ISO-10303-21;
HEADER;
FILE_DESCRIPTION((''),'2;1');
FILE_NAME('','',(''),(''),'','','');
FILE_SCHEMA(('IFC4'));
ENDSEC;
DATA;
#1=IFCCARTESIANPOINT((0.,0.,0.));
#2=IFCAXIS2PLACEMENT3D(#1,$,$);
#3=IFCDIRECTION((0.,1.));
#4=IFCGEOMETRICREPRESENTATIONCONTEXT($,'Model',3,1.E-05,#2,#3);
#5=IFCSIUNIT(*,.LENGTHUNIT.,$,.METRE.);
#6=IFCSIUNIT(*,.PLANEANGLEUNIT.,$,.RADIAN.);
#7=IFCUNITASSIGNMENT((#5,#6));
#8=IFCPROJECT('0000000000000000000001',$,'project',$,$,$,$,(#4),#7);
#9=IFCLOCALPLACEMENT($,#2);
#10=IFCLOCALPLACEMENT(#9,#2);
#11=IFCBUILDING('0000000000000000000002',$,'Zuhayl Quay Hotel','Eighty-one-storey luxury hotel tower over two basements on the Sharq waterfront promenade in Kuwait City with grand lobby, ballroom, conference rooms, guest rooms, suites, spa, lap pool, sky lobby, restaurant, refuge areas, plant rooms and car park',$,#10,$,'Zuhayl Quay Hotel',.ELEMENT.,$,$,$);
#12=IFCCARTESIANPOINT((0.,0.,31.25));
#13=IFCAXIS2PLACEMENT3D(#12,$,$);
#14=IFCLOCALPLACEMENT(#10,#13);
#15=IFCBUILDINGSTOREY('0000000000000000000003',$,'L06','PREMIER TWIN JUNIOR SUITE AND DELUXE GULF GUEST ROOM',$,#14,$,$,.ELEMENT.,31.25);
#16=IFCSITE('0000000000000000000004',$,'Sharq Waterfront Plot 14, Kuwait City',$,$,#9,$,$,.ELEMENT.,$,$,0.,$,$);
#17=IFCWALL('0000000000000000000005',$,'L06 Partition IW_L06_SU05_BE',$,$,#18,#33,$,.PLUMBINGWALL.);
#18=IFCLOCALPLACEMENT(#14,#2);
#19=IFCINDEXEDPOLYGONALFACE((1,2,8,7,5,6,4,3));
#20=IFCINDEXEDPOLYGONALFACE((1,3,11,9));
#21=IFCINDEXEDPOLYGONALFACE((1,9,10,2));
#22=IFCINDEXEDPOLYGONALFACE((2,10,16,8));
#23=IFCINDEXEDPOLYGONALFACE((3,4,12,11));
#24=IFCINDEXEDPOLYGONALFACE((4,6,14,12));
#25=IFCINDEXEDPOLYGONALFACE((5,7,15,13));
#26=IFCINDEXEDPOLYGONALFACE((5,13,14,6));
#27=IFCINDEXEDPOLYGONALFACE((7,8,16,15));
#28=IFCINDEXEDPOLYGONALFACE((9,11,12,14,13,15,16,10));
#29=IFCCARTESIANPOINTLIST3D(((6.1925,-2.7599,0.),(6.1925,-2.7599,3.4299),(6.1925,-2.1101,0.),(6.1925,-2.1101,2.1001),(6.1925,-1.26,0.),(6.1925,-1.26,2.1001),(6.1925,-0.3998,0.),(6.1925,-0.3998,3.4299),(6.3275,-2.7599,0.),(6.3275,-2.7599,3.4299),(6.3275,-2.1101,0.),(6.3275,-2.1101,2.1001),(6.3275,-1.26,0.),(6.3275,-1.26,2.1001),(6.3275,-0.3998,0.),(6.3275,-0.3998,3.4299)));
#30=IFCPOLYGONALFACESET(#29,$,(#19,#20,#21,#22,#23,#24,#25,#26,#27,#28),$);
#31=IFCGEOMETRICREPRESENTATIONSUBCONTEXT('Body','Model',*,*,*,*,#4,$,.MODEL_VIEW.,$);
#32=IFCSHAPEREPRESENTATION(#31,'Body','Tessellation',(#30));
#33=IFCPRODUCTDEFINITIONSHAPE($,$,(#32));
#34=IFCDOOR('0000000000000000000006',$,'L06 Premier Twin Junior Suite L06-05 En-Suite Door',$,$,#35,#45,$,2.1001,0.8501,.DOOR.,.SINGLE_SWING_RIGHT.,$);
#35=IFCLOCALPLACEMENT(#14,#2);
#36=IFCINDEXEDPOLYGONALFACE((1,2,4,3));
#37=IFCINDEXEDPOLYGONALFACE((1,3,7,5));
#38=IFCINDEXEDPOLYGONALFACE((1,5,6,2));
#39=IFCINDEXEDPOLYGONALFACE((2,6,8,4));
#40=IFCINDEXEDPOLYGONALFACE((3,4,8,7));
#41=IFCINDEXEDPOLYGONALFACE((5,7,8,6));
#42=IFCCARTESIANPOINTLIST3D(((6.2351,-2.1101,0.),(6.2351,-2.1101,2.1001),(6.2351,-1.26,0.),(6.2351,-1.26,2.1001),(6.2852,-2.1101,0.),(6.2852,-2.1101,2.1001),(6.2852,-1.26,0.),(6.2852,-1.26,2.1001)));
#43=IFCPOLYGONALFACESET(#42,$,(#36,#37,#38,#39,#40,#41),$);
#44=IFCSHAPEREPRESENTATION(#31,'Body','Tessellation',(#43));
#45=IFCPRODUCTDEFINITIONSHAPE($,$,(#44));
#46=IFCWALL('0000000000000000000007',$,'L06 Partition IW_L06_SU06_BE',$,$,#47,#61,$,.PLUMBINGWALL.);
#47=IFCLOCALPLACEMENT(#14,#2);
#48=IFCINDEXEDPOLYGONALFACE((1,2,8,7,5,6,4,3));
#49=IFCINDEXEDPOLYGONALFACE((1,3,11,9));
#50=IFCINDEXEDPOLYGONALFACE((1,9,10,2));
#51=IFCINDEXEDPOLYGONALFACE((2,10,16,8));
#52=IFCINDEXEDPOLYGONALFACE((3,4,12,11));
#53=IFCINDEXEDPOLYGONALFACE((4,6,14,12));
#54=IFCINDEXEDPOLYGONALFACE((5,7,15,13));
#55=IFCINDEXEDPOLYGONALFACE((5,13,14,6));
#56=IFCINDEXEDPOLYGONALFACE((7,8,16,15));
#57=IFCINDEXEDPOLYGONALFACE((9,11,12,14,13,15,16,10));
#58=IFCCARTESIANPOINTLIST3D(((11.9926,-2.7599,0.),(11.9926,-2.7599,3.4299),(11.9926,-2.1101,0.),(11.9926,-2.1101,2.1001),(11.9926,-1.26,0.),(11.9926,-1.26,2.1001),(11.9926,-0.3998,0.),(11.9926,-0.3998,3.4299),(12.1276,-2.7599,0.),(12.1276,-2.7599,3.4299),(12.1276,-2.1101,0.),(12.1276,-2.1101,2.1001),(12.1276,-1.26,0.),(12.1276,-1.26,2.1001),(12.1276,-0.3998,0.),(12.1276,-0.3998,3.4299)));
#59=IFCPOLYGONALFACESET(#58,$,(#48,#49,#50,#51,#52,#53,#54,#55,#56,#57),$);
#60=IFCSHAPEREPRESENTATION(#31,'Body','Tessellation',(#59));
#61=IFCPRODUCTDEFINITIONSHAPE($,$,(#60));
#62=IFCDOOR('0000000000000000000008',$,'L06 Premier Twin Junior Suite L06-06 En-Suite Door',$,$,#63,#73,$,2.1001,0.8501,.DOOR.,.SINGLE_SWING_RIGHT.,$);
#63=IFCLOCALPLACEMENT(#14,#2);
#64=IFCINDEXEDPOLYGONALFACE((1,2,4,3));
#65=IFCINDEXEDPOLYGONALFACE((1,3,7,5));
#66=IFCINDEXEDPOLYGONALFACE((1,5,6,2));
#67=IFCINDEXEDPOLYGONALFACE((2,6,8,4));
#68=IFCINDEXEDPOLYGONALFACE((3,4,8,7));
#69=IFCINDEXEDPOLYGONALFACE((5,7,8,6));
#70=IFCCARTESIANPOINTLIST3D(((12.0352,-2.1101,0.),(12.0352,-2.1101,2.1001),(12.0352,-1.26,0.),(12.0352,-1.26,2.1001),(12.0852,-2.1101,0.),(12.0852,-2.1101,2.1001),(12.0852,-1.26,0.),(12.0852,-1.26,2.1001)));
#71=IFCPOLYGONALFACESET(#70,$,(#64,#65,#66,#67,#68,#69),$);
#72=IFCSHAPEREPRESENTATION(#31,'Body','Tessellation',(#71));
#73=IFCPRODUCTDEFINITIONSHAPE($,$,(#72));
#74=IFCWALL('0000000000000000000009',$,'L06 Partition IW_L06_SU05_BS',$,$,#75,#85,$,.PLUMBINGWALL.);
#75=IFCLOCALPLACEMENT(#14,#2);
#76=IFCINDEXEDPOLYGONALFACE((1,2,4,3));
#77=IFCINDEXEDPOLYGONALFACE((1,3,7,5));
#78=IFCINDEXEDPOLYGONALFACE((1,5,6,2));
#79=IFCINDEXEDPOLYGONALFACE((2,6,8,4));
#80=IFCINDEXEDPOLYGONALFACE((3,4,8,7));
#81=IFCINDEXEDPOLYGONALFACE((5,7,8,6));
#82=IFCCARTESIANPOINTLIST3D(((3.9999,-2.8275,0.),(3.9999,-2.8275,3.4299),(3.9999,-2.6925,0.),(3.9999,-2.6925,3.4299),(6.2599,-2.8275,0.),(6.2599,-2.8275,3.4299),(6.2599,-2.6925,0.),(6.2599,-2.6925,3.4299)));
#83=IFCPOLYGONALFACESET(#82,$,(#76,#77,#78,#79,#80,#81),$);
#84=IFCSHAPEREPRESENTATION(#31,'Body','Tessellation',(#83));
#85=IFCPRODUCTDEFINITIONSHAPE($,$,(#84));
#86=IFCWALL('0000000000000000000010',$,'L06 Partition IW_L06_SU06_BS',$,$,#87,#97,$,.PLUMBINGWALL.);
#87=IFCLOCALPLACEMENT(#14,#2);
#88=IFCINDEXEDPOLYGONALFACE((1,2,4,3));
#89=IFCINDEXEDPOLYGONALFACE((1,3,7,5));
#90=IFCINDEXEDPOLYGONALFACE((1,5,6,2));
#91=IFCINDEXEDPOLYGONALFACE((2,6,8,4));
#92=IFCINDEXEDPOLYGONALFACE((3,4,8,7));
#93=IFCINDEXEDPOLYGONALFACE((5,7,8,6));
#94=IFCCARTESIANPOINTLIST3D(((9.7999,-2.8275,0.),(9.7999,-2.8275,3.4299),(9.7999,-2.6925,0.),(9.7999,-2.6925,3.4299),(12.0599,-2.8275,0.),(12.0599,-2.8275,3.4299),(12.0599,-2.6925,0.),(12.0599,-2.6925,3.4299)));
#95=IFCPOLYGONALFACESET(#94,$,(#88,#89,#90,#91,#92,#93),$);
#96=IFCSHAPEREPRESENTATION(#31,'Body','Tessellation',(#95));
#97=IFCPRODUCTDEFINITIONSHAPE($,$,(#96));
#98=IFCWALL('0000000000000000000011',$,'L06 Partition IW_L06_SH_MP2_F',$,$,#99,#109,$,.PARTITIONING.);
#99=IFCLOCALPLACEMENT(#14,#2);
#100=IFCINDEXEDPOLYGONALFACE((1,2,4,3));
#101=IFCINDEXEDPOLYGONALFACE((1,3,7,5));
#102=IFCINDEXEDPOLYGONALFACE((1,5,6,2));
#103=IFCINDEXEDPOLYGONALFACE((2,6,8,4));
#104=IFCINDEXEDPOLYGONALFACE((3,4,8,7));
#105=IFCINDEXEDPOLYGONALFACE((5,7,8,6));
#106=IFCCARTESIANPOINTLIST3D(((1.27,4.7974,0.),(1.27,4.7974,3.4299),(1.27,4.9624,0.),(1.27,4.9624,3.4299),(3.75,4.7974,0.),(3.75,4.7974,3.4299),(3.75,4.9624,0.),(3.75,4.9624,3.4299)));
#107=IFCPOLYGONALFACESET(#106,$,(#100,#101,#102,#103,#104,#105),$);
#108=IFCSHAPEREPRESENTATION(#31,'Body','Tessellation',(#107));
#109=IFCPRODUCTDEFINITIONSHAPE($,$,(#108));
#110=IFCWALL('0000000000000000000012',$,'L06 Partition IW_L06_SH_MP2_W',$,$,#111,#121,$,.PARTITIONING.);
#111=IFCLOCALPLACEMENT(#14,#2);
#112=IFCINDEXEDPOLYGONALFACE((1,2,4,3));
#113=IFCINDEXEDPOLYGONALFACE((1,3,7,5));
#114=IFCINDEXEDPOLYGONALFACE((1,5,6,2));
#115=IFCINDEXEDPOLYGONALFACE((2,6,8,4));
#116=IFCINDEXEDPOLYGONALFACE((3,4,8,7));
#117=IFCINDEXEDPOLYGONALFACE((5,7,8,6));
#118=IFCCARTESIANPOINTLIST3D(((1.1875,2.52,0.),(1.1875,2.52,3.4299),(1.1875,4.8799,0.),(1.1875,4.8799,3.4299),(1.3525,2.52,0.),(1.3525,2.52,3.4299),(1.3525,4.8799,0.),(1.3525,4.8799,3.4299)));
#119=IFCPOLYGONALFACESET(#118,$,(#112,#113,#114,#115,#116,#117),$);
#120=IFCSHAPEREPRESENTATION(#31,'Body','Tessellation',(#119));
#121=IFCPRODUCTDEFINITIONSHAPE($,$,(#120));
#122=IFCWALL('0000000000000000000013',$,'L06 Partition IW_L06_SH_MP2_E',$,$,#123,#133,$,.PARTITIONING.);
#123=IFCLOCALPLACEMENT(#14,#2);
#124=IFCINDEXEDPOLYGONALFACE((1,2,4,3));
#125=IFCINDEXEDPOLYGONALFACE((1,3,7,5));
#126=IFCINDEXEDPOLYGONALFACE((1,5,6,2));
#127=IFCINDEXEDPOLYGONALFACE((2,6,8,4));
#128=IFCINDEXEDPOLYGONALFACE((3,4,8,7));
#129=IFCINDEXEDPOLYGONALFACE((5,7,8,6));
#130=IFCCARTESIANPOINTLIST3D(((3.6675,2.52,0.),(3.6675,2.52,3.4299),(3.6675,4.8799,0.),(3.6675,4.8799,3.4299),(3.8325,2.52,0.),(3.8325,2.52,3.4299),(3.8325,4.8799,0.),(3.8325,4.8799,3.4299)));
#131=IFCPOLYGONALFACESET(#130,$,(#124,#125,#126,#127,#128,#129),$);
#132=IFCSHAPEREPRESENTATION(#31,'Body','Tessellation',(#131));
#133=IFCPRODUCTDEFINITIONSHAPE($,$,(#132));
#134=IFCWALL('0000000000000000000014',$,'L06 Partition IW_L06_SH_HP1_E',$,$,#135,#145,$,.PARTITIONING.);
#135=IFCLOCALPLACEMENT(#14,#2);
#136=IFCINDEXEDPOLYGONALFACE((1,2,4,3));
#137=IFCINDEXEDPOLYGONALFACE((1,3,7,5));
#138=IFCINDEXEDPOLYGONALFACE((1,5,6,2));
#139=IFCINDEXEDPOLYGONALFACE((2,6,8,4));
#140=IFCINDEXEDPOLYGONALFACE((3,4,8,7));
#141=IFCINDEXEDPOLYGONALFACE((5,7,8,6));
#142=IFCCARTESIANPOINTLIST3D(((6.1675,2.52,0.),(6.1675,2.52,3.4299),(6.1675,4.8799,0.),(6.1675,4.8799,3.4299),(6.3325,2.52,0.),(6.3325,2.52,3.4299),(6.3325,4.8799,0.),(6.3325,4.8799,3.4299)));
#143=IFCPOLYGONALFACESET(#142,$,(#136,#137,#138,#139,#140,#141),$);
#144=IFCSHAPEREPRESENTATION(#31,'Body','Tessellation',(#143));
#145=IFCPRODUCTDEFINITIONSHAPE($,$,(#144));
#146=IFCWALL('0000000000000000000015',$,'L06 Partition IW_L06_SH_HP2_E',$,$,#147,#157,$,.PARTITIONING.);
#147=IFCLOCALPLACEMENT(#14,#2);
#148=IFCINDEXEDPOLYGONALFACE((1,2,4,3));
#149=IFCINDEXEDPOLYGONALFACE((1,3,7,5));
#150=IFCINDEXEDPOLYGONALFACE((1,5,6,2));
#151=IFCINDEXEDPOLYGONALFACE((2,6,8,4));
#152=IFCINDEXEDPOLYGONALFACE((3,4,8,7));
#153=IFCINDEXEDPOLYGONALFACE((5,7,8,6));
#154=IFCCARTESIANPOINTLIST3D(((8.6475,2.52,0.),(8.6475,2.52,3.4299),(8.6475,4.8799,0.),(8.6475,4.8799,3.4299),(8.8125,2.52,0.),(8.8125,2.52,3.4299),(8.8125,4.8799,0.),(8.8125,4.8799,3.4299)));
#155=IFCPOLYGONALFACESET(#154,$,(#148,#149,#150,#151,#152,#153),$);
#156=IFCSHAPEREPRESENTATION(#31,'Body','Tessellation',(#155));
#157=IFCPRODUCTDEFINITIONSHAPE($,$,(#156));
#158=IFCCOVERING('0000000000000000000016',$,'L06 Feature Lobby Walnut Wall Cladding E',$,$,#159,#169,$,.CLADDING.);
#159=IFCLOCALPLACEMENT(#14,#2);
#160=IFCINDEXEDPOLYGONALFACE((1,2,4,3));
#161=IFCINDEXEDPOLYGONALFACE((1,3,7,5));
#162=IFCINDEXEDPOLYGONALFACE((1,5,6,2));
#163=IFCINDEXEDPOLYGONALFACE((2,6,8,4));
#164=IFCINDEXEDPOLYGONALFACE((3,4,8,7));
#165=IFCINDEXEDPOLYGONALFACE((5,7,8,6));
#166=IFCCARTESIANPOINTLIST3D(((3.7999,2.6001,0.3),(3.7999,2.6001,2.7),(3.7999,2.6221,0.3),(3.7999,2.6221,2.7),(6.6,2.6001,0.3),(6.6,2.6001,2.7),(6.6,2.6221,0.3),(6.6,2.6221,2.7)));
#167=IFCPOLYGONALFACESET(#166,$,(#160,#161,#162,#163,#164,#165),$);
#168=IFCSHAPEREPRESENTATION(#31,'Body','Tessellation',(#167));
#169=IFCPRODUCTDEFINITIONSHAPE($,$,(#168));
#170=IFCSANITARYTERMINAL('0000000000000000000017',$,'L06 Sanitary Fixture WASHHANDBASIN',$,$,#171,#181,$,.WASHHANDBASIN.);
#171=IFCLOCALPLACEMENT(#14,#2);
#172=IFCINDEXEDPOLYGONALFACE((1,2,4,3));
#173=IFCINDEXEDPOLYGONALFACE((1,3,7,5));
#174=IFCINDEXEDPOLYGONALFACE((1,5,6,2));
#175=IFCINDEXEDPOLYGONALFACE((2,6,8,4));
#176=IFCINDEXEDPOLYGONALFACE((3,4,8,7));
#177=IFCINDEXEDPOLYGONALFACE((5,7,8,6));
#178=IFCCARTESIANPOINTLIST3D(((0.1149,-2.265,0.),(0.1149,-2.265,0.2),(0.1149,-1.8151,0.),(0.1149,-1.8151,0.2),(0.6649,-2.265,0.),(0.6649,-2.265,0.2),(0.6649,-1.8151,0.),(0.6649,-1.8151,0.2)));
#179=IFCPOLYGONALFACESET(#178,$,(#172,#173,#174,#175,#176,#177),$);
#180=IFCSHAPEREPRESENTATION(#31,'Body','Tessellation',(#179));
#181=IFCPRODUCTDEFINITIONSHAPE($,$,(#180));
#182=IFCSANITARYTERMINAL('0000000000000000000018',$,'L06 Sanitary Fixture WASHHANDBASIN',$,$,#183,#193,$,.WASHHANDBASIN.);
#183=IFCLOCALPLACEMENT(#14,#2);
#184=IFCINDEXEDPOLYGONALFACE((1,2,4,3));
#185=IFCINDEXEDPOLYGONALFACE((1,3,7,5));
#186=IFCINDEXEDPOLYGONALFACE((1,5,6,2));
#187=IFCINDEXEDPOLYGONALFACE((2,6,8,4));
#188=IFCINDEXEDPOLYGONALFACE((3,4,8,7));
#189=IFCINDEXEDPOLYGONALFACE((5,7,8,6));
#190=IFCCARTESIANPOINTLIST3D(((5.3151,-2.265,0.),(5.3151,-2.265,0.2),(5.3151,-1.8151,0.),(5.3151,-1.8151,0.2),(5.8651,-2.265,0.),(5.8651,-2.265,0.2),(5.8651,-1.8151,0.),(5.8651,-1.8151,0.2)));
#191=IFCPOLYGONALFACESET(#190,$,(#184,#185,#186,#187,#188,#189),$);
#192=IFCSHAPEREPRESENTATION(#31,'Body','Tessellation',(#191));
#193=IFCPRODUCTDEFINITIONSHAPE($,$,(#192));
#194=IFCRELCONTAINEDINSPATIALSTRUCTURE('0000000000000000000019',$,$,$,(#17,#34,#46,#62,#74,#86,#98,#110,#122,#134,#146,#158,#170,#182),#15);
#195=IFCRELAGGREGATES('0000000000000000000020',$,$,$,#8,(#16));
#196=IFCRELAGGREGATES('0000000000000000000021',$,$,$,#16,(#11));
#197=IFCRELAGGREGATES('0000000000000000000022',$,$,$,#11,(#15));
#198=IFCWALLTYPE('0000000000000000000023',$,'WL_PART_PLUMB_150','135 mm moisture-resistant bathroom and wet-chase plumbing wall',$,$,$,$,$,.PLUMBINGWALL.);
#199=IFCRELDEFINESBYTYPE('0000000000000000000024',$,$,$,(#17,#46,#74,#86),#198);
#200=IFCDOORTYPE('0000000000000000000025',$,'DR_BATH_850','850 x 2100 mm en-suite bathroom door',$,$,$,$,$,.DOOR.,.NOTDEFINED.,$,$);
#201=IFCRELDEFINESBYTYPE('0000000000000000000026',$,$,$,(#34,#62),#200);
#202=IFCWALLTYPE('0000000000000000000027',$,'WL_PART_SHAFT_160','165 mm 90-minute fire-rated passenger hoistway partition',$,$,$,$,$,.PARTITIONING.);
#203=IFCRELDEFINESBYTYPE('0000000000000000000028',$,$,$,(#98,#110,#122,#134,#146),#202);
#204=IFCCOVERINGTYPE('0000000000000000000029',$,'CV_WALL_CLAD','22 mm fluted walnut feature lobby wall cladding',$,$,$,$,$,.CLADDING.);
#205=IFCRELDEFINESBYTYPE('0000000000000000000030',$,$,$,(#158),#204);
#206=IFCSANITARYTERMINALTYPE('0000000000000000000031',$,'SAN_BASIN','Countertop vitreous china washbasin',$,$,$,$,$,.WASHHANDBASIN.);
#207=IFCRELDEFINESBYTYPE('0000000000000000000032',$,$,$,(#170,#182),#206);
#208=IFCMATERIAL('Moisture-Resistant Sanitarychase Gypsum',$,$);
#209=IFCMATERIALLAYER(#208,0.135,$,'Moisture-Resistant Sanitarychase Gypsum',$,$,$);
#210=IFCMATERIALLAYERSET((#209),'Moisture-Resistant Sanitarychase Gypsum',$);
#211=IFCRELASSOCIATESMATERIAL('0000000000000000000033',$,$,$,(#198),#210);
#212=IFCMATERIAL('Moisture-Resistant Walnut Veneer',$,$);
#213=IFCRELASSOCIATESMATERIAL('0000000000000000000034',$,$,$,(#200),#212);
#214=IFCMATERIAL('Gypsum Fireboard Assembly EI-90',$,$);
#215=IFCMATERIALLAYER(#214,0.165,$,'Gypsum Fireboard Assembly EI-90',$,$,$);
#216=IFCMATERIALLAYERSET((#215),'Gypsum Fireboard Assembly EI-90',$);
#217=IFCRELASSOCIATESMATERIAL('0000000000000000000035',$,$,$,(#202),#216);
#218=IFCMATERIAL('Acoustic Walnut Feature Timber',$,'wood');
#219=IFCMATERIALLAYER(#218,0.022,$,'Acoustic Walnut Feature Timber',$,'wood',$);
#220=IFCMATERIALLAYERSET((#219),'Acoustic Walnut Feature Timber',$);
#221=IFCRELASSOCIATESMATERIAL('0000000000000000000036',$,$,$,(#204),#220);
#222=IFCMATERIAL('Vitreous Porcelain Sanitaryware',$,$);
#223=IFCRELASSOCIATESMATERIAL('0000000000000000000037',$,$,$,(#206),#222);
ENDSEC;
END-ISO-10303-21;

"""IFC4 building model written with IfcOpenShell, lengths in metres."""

from ifc_helpers import new_model, si_unit, direction, frame, frame_2d, origin, origin_2d, place, context, subcontext, project, spatial, rectangle, extrude, material, layer, layer_set, type_object, element, fill, save


model = new_model("IFC4")

# Units and contexts
model_context = context("Model", 3, precision=1e-05, world=origin(), true_north=direction((0.0, 1.0)))
body_context = subcontext(model_context, "Body", "Model", "MODEL_VIEW")
ifc_project = project(units=[si_unit("LENGTHUNIT", "METRE"), si_unit("PLANEANGLEUNIT", "RADIAN")], contexts=[model_context])

# Site, building, storey
site_placement = place(None, origin())
site = spatial("IfcSite", under=ifc_project, at=site_placement, Name="Sharq Waterfront Plot 14, Kuwait City", CompositionType="ELEMENT", RefElevation=0.0)
building_placement = place(site_placement, origin())
building = spatial("IfcBuilding", under=site, at=building_placement, Name="Zuhayl Quay Hotel", Description="Eighty-one-storey luxury hotel tower over two basements on the Sharq waterfront promenade in Kuwait City with grand lobby, ballroom, conference rooms, guest rooms, suites, spa, lap pool, sky lobby, restaurant, refuge areas, plant rooms and car park", LongName="Zuhayl Quay Hotel", CompositionType="ELEMENT")
storey_placement = place(building_placement, frame((0.0, 0.0, 31.25)))
storey = spatial("IfcBuildingStorey", under=building, at=storey_placement, Name="L06", Description="PREMIER TWIN JUNIOR SUITE AND DELUXE GULF GUEST ROOM", CompositionType="ELEMENT", Elevation=31.25)

# Walls, openings, doors
ifc_material_1 = material(Name="Moisture-Resistant Sanitarychase Gypsum")
ifc_layer_1 = layer(ifc_material_1, 0.135, Name="Moisture-Resistant Sanitarychase Gypsum")
ifc_layer_set_1 = layer_set([ifc_layer_1], Name="Moisture-Resistant Sanitarychase Gypsum")
wall_type_1 = type_object("IfcWallType", Name="WL_PART_PLUMB_150", Description="135 mm moisture-resistant bathroom and wet-chase plumbing wall", PredefinedType="PLUMBINGWALL", material=ifc_layer_set_1)
ifc_material_2 = material(Name="Moisture-Resistant Walnut Veneer")
door_type_1 = type_object("IfcDoorType", Name="DR_BATH_850", Description="850 x 2100 mm en-suite bathroom door", OperationType="NOTDEFINED", PredefinedType="DOOR", material=ifc_material_2)
wall_1_placement = place(storey_placement, frame((6.26, -2.76, 0.0), z_axis=(0.0, 0.0, 1.0), x_axis=(0.0, 1.0, 0.0)))
wall_1 = element("IfcWall", 1, at=wall_1_placement, inside=storey, type_object=wall_type_1, Name="L06 Partition IW_L06_SU05_BE", PredefinedType="PLUMBINGWALL", context=body_context, shape_type="SweptSolid", body=[
    extrude(rectangle(XDim=2.3601, YDim=0.135, at=frame_2d((1.1802, 0.0))), origin(), (0.0, 0.0, 1.0), 3.4299),
])
opening_1_placement = place(wall_1_placement, frame((0.6499, 0.0, 0.0)))
opening_1 = element("IfcOpeningElement", 2, at=opening_1_placement, cuts=wall_1, PredefinedType="OPENING", context=body_context, shape_type="SweptSolid", body=[
    extrude(rectangle(XDim=0.8501, YDim=2.1001, at=frame_2d((0.425, 1.05))), frame((0.0, 0.0774, 0.0), z_axis=(0.0, -1.0, 0.0), x_axis=(1.0, 0.0, 0.0)), (0.0, 0.0, 1.0), 0.155),
])
door_1_placement = place(opening_1_placement, origin())
door_1 = element("IfcDoor", 3, at=door_1_placement, inside=storey, type_object=door_type_1, Name="L06 Premier Twin Junior Suite L06-05 En-Suite Door", OperationType="SINGLE_SWING_RIGHT", OverallHeight=2.1001, OverallWidth=0.8501, PredefinedType="DOOR", context=body_context, shape_type="SweptSolid", body=[
    extrude(rectangle(XDim=0.8501, YDim=2.1001, at=frame_2d((0.425, 1.05))), frame((0.0, 0.0249, 0.0), z_axis=(0.0, -1.0, 0.0), x_axis=(1.0, 0.0, 0.0)), (0.0, 0.0, 1.0), 0.05),
])
fill(opening_1, door_1)
wall_2_placement = place(storey_placement, frame((12.0601, -2.76, 0.0), z_axis=(0.0, 0.0, 1.0), x_axis=(0.0, 1.0, 0.0)))
wall_2 = element("IfcWall", 4, at=wall_2_placement, inside=storey, type_object=wall_type_1, Name="L06 Partition IW_L06_SU06_BE", PredefinedType="PLUMBINGWALL", context=body_context, shape_type="SweptSolid", body=[
    extrude(rectangle(XDim=2.3601, YDim=0.135, at=frame_2d((1.1802, 0.0))), origin(), (0.0, 0.0, 1.0), 3.4299),
])
opening_2_placement = place(wall_2_placement, frame((0.6499, 0.0, 0.0)))
opening_2 = element("IfcOpeningElement", 5, at=opening_2_placement, cuts=wall_2, PredefinedType="OPENING", context=body_context, shape_type="SweptSolid", body=[
    extrude(rectangle(XDim=0.8501, YDim=2.1001, at=frame_2d((0.425, 1.05))), frame((0.0, 0.0774, 0.0), z_axis=(0.0, -1.0, 0.0), x_axis=(1.0, 0.0, 0.0)), (0.0, 0.0, 1.0), 0.155),
])
door_2_placement = place(opening_2_placement, origin())
door_2 = element("IfcDoor", 6, at=door_2_placement, inside=storey, type_object=door_type_1, Name="L06 Premier Twin Junior Suite L06-06 En-Suite Door", OperationType="SINGLE_SWING_RIGHT", OverallHeight=2.1001, OverallWidth=0.8501, PredefinedType="DOOR", context=body_context, shape_type="SweptSolid", body=[
    extrude(rectangle(XDim=0.8501, YDim=2.1001, at=frame_2d((0.425, 1.05))), frame((0.0, 0.0249, 0.0), z_axis=(0.0, -1.0, 0.0), x_axis=(1.0, 0.0, 0.0)), (0.0, 0.0, 1.0), 0.05),
])
fill(opening_2, door_2)

# Walls
for number, where, z_axis, x_axis, name in (
    (7, (4.0, -2.76, 0.0), (0.0, 0.0, 1.0), (1.0, 0.0, 0.0), "L06 Partition IW_L06_SU05_BS"),
    (8, (9.8, -2.76, 0.0), (0.0, 0.0, 1.0), (1.0, 0.0, 0.0), "L06 Partition IW_L06_SU06_BS"),
):
    element("IfcWall", number, at=place(storey_placement, frame(where, z_axis=z_axis, x_axis=x_axis)), inside=storey, type_object=wall_type_1, Name=name, PredefinedType="PLUMBINGWALL", context=body_context, shape_type="SweptSolid", body=[
        extrude(rectangle(XDim=2.26, YDim=0.135, at=frame_2d((1.1299, 0.0))), origin(), (0.0, 0.0, 1.0), 3.4299),
    ])
ifc_material_3 = material(Name="Gypsum Fireboard Assembly EI-90")
ifc_layer_2 = layer(ifc_material_3, 0.165, Name="Gypsum Fireboard Assembly EI-90")
ifc_layer_set_2 = layer_set([ifc_layer_2], Name="Gypsum Fireboard Assembly EI-90")
wall_type_2 = type_object("IfcWallType", Name="WL_PART_SHAFT_160", Description="165 mm 90-minute fire-rated passenger hoistway partition", PredefinedType="PARTITIONING", material=ifc_layer_set_2)
wall_3_placement = place(storey_placement, frame((1.27, 4.8799, 0.0), z_axis=(0.0, 0.0, 1.0), x_axis=(1.0, 0.0, 0.0)))
element("IfcWall", 9, at=wall_3_placement, inside=storey, type_object=wall_type_2, Name="L06 Partition IW_L06_SH_MP2_F", PredefinedType="PARTITIONING", context=body_context, shape_type="SweptSolid", body=[
    extrude(rectangle(XDim=2.48, YDim=0.165, at=frame_2d((1.24, 0.0))), origin(), (0.0, 0.0, 1.0), 3.4299),
])
for number, where, z_axis, x_axis, name in (
    (10, (1.27, 2.52, 0.0), (0.0, 0.0, 1.0), (0.0, 1.0, 0.0), "L06 Partition IW_L06_SH_MP2_W"),
    (11, (3.75, 2.52, 0.0), (0.0, 0.0, 1.0), (0.0, 1.0, 0.0), "L06 Partition IW_L06_SH_MP2_E"),
    (12, (6.25, 2.52, 0.0), (0.0, 0.0, 1.0), (0.0, 1.0, 0.0), "L06 Partition IW_L06_SH_HP1_E"),
    (13, (8.73, 2.52, 0.0), (0.0, 0.0, 1.0), (0.0, 1.0, 0.0), "L06 Partition IW_L06_SH_HP2_E"),
):
    element("IfcWall", number, at=place(storey_placement, frame(where, z_axis=z_axis, x_axis=x_axis)), inside=storey, type_object=wall_type_2, Name=name, PredefinedType="PARTITIONING", context=body_context, shape_type="SweptSolid", body=[
        extrude(rectangle(XDim=2.3599, YDim=0.165, at=frame_2d((1.1799, 0.0))), origin(), (0.0, 0.0, 1.0), 3.4299),
    ])

# Covering
ifc_material_4 = material(Name="Acoustic Walnut Feature Timber", Category="wood")
ifc_layer_3 = layer(ifc_material_4, 0.022, Name="Acoustic Walnut Feature Timber", Category="wood")
ifc_layer_set_3 = layer_set([ifc_layer_3], Name="Acoustic Walnut Feature Timber")
covering_type = type_object("IfcCoveringType", Name="CV_WALL_CLAD", Description="22 mm fluted walnut feature lobby wall cladding", PredefinedType="CLADDING", material=ifc_layer_set_3)
covering_placement = place(storey_placement, frame((5.2, 2.6111, 0.3), z_axis=(0.0, 0.0, 1.0), x_axis=(1.0, 0.0, 0.0)))
element("IfcCovering", 14, at=covering_placement, inside=storey, type_object=covering_type, Name="L06 Feature Lobby Walnut Wall Cladding E", PredefinedType="CLADDING", context=body_context, shape_type="SweptSolid", body=[
    extrude(rectangle(XDim=2.8, YDim=0.022, at=origin_2d()), origin(), (0.0, 0.0, 1.0), 2.3999),
])

# Sanitary terminals
ifc_material_5 = material(Name="Vitreous Porcelain Sanitaryware")
sanitary_terminal_type_1 = type_object("IfcSanitaryTerminalType", Name="SAN_BASIN", Description="Countertop vitreous china washbasin", PredefinedType="WASHHANDBASIN", material=ifc_material_5)
for number, where, z_axis, x_axis, name in (
    (15, (0.3899, -2.04, 0.0), (0.0, 0.0, 1.0), (1.0, 0.0, 0.0), "L06 Sanitary Fixture WASHHANDBASIN"),
    (16, (5.5901, -2.04, 0.0), (0.0, 0.0, 1.0), (1.0, 0.0, 0.0), "L06 Sanitary Fixture WASHHANDBASIN"),
):
    element("IfcSanitaryTerminal", number, at=place(storey_placement, frame(where, z_axis=z_axis, x_axis=x_axis)), inside=storey, type_object=sanitary_terminal_type_1, Name=name, PredefinedType="WASHHANDBASIN", context=body_context, shape_type="SweptSolid", body=[
        extrude(rectangle(XDim=0.55, YDim=0.45, at=origin_2d()), origin(), (0.0, 0.0, 1.0), 0.2),
    ])

save(model, "model.ifc")
